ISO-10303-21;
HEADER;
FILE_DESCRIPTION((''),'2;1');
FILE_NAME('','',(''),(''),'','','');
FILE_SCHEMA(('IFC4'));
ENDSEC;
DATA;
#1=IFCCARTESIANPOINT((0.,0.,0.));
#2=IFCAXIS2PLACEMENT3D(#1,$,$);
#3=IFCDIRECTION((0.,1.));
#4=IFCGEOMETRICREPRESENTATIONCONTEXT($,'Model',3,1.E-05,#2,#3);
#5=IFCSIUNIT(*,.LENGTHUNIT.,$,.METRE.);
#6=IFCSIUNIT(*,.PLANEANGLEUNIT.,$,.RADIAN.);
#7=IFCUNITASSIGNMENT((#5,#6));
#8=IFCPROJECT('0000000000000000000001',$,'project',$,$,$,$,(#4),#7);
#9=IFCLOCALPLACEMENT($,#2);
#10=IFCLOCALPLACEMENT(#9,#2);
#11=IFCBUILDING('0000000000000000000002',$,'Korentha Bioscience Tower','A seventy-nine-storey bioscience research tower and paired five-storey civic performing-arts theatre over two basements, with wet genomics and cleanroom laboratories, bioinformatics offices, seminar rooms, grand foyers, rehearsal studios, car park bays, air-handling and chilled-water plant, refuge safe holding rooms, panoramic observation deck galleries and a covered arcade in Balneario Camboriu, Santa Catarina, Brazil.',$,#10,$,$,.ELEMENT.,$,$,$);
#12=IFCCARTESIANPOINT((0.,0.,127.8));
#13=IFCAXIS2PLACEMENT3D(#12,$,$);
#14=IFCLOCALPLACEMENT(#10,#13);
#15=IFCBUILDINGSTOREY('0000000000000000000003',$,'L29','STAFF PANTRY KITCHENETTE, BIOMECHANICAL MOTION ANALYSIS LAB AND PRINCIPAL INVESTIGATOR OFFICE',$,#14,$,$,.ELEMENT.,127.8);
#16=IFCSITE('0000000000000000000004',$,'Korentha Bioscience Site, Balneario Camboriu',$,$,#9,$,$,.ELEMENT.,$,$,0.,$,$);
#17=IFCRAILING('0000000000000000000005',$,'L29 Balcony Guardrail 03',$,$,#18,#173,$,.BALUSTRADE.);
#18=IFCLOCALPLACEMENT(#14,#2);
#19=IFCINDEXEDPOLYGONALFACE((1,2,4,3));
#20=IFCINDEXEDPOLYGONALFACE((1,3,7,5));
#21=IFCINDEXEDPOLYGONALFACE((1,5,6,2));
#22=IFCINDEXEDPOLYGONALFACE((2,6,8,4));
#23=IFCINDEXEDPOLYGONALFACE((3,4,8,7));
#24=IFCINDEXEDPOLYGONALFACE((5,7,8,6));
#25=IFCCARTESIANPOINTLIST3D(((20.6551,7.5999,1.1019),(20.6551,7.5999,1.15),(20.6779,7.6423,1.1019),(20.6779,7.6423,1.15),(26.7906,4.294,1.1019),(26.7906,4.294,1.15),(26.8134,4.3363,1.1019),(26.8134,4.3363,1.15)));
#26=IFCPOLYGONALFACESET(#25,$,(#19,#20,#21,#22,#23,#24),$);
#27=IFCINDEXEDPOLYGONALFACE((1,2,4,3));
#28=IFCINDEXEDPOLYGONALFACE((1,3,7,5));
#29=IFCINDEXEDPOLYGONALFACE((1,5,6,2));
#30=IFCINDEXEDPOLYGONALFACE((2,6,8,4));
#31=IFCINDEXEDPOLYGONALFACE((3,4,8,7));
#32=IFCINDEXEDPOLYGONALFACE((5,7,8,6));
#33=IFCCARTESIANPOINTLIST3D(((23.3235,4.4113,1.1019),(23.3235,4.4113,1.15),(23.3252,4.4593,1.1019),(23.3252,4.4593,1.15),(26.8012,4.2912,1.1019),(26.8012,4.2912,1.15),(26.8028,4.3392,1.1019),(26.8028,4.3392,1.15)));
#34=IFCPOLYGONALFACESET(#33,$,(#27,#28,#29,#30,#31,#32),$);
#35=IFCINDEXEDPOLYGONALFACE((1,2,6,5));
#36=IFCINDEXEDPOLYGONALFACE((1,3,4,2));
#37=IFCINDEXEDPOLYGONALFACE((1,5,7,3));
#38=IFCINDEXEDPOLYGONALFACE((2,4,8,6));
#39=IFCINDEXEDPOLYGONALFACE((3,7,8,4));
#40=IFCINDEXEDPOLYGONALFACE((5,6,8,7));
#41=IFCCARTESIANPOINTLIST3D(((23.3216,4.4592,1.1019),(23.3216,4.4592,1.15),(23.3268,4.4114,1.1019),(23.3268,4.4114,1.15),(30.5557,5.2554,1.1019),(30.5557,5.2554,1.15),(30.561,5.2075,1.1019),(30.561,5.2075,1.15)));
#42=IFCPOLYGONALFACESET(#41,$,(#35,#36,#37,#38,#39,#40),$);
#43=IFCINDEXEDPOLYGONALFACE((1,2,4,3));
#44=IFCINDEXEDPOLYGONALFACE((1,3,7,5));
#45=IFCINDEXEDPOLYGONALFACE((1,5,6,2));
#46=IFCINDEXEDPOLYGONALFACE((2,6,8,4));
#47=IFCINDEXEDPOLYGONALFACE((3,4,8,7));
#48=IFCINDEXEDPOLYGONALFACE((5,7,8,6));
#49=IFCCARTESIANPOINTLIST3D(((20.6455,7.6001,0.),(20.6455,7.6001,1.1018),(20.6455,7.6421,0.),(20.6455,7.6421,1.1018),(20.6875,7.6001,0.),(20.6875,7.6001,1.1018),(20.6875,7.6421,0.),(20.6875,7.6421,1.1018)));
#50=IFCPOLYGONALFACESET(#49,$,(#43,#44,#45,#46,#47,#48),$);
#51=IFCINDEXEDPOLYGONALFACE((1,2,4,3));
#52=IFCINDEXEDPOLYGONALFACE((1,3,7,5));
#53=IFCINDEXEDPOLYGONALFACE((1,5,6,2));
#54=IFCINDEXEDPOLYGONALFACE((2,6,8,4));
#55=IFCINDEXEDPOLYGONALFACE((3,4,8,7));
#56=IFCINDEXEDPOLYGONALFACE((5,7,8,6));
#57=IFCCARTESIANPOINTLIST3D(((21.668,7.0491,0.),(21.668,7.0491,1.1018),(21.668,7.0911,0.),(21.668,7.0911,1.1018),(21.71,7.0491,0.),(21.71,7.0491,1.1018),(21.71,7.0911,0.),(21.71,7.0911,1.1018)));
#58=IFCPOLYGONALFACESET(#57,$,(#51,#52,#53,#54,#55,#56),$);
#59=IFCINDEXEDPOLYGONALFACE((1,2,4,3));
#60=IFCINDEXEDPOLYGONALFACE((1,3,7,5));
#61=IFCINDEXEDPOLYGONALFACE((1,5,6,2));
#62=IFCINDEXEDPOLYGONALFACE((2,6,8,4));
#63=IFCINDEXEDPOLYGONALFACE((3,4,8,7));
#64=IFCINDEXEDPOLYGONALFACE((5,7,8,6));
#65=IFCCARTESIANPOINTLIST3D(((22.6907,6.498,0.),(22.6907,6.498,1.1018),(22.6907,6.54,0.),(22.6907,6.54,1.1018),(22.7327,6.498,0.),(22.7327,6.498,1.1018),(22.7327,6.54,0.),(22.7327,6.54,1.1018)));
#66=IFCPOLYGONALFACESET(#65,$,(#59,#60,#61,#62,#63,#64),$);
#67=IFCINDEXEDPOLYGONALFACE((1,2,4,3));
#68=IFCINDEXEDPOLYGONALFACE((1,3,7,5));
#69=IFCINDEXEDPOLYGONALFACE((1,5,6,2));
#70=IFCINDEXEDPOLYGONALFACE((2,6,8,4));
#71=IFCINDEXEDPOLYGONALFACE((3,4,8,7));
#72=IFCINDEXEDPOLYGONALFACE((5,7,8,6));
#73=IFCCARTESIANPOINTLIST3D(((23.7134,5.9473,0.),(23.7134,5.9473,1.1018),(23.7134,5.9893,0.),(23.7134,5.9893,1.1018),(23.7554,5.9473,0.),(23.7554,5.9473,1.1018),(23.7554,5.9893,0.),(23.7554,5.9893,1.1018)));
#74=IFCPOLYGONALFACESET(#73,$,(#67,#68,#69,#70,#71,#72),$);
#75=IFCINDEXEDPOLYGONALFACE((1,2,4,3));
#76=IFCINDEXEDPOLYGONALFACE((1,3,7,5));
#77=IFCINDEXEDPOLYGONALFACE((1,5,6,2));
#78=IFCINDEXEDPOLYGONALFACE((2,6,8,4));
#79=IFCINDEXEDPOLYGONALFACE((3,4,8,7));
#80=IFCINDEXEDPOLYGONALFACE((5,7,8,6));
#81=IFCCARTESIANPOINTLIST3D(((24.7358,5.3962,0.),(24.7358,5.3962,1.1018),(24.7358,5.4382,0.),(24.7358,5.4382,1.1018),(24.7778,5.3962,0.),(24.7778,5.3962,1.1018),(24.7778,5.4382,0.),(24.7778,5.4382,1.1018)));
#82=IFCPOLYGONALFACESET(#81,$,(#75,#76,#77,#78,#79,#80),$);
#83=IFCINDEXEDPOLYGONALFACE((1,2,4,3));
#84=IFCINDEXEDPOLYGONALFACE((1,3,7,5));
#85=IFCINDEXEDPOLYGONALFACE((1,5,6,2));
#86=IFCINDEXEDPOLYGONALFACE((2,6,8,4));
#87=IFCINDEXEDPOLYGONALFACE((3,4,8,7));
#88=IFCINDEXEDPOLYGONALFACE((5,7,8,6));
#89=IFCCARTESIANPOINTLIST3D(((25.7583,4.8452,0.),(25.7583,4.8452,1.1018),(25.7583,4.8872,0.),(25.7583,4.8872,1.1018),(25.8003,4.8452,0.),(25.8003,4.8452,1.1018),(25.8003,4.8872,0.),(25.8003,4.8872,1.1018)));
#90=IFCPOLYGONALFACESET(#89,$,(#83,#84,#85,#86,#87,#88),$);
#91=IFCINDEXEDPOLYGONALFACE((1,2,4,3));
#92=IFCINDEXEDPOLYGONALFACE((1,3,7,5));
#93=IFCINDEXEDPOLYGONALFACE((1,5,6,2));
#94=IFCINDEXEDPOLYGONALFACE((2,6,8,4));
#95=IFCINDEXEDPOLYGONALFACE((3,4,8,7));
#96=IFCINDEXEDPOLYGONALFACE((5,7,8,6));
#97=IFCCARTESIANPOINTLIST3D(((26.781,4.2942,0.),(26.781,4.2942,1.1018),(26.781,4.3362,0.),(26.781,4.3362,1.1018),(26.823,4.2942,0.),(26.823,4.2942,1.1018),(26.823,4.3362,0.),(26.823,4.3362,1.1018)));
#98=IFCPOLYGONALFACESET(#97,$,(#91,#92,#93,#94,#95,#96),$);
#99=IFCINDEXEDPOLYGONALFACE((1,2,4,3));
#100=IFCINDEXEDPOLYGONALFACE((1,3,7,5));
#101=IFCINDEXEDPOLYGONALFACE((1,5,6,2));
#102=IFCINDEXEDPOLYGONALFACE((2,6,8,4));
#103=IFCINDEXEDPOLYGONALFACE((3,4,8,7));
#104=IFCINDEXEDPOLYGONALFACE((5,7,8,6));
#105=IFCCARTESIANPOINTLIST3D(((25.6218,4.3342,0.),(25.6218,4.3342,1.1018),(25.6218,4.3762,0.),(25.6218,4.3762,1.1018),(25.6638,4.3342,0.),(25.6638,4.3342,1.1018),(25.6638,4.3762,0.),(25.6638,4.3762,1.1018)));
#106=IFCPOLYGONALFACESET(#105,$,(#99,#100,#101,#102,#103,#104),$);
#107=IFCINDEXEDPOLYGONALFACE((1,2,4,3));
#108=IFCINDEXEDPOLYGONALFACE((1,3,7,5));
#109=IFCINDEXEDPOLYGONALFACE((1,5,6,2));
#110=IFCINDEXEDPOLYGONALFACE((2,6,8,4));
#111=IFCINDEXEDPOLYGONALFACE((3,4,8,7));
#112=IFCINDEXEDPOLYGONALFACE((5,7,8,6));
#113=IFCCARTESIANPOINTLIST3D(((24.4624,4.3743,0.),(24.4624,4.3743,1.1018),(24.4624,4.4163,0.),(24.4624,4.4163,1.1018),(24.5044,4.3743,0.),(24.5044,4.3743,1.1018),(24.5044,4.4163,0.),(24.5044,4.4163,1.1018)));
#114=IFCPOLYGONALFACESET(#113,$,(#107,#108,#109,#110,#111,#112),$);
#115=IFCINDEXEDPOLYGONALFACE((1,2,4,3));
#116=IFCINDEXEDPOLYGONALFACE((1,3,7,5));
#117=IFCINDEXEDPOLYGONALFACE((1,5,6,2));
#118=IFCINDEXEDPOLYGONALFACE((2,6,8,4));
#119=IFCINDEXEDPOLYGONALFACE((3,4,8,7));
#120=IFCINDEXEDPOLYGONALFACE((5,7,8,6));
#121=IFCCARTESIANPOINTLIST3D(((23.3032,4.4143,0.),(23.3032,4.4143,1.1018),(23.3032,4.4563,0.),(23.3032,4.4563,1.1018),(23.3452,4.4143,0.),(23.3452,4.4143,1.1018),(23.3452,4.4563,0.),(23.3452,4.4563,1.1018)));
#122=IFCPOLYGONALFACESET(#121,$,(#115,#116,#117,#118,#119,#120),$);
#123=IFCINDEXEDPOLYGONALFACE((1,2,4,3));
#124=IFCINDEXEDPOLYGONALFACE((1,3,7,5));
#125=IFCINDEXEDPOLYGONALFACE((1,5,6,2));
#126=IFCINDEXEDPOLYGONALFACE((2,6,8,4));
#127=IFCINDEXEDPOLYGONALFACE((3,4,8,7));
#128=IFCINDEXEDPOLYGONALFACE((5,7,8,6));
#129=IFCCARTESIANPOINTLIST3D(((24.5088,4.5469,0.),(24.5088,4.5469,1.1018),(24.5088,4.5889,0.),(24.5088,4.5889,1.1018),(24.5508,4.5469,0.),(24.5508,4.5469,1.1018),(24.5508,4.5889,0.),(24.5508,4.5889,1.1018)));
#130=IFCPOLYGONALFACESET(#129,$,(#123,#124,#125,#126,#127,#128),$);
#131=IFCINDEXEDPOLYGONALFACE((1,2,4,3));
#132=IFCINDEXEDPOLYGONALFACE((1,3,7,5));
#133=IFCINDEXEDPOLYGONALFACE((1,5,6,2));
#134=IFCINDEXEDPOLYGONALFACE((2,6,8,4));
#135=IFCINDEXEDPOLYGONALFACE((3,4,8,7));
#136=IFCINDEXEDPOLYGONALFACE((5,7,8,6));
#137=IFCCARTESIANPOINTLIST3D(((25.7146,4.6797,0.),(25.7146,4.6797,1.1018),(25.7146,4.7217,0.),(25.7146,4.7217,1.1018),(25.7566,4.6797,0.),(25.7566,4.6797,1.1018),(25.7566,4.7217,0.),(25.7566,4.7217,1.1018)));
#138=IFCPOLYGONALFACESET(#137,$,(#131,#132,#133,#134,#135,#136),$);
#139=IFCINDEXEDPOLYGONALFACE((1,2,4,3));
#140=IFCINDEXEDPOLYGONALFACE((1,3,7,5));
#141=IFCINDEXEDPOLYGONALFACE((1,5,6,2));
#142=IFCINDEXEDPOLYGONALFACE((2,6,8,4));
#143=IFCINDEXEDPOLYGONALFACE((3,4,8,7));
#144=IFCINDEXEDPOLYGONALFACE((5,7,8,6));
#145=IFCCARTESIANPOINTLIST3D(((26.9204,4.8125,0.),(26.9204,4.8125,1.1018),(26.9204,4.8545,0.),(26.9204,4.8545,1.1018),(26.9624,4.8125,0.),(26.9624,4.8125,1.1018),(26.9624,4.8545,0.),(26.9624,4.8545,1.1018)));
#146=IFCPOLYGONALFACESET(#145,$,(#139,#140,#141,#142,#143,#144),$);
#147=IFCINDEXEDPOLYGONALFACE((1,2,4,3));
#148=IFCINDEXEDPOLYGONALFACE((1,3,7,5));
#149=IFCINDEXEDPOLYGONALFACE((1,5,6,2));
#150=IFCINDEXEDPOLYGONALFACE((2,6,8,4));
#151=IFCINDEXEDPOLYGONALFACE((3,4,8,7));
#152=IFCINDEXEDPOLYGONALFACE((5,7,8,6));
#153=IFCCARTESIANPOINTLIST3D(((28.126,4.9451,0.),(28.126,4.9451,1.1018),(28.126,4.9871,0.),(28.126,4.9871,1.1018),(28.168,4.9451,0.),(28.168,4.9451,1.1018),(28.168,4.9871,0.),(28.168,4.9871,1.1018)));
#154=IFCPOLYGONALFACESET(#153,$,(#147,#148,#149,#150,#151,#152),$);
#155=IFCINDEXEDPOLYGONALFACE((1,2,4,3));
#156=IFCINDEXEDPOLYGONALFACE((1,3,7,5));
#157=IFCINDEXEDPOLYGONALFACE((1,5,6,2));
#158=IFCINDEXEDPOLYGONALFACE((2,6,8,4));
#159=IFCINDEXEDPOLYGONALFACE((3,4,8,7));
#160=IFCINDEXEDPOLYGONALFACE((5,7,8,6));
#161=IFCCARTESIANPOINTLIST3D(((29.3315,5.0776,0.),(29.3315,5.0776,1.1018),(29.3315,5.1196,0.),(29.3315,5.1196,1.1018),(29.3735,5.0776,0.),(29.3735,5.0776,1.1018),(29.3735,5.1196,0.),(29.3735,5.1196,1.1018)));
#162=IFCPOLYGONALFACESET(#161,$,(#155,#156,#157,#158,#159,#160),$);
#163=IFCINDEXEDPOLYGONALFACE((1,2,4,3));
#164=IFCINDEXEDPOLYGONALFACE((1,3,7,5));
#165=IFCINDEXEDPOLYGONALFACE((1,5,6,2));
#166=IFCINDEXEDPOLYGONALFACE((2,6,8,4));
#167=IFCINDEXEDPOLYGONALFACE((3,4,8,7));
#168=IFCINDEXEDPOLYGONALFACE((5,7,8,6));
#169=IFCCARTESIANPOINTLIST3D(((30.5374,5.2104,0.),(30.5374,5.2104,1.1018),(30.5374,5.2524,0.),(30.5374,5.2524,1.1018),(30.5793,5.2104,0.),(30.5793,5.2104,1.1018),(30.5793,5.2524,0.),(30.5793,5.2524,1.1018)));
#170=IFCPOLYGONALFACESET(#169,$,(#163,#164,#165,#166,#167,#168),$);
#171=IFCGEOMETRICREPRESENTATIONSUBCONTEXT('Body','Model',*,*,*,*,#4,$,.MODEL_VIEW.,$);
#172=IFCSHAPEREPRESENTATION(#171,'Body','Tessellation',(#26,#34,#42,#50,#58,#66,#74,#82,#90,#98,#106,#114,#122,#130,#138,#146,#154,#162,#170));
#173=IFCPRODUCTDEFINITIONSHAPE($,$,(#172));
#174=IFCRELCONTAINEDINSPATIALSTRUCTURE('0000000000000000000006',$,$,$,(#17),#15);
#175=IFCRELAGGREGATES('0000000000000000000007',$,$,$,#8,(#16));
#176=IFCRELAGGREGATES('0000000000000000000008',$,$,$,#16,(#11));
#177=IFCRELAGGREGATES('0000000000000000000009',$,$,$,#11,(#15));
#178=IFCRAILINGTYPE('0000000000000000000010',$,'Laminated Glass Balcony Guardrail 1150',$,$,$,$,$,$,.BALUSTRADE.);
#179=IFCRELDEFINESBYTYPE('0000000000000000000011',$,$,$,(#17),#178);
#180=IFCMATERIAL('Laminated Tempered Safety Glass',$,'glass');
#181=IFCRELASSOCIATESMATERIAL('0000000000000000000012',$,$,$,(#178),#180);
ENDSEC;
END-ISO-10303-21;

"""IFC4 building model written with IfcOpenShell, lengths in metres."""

from ifc_helpers import new_model, si_unit, direction, frame, origin, origin_2d, place, context, subcontext, project, spatial, rectangle, extrude, material, type_object, element, save


model = new_model("IFC4")

# Units and contexts
model_context = context("Model", 3, precision=1e-05, world=origin(), true_north=direction((0.0, 1.0)))
body_context = subcontext(model_context, "Body", "Model", "MODEL_VIEW")
ifc_project = project(units=[si_unit("LENGTHUNIT", "METRE"), si_unit("PLANEANGLEUNIT", "RADIAN")], contexts=[model_context])

# Site, building, storey
site_placement = place(None, origin())
site = spatial("IfcSite", under=ifc_project, at=site_placement, Name="Korentha Bioscience Site, Balneario Camboriu", CompositionType="ELEMENT", RefElevation=0.0)
building_placement = place(site_placement, origin())
building = spatial("IfcBuilding", under=site, at=building_placement, Name="Korentha Bioscience Tower", Description="A seventy-nine-storey bioscience research tower and paired five-storey civic performing-arts theatre over two basements, with wet genomics and cleanroom laboratories, bioinformatics offices, seminar rooms, grand foyers, rehearsal studios, car park bays, air-handling and chilled-water plant, refuge safe holding rooms, panoramic observation deck galleries and a covered arcade in Balneario Camboriu, Santa Catarina, Brazil.", CompositionType="ELEMENT")
storey_placement = place(building_placement, frame((0.0, 0.0, 127.8)))
storey = spatial("IfcBuildingStorey", under=building, at=storey_placement, Name="L29", Description="STAFF PANTRY KITCHENETTE, BIOMECHANICAL MOTION ANALYSIS LAB AND PRINCIPAL INVESTIGATOR OFFICE", CompositionType="ELEMENT", Elevation=127.8)

# Railing
ifc_material_1 = material(Name="Laminated Tempered Safety Glass", Category="glass")
railing_type = type_object("IfcRailingType", Name="Laminated Glass Balcony Guardrail 1150", PredefinedType="BALUSTRADE", material=ifc_material_1)
railing_placement = place(storey_placement, frame((20.6665, 7.6211, 0.0)))
element("IfcRailing", 1, at=railing_placement, inside=storey, type_object=railing_type, Name="L29 Balcony Guardrail 03", PredefinedType="BALUSTRADE", context=body_context, shape_type="SweptSolid", body=[
    extrude(rectangle(XDim=0.0481, YDim=0.0481, at=origin_2d()), frame((0.0, 0.0, 1.126), z_axis=(0.880341, -0.474342, 0.0), x_axis=(0.474342, 0.880341, 0.0)), (0.0, 0.0, 1.0), 6.9695),
    extrude(rectangle(XDim=0.0481, YDim=0.0481, at=origin_2d()), frame((6.1355, -3.3059, 1.126), z_axis=(-0.999404, 0.034518, 0.0), x_axis=(-0.034518, -0.999404, 0.0)), (0.0, 0.0, 1.0), 3.4797),
    extrude(rectangle(XDim=0.0481, YDim=0.0481, at=origin_2d()), frame((2.6577, -3.1858, 1.126), z_axis=(0.993999, 0.109393, 0.0), x_axis=(-0.109393, 0.993999, 0.0)), (0.0, 0.0, 1.0), 7.2778),
    extrude(rectangle(XDim=0.042, YDim=0.042, at=origin_2d()), origin(), (0.0, 0.0, 1.0), 1.1018),
    extrude(rectangle(XDim=0.042, YDim=0.042, at=origin_2d()), frame((1.0225, -0.551, 0.0)), (0.0, 0.0, 1.0), 1.1018),
    extrude(rectangle(XDim=0.042, YDim=0.042, at=origin_2d()), frame((2.0452, -1.1021, 0.0)), (0.0, 0.0, 1.0), 1.1018),
    extrude(rectangle(XDim=0.042, YDim=0.042, at=origin_2d()), frame((3.0679, -1.6528, 0.0)), (0.0, 0.0, 1.0), 1.1018),
    extrude(rectangle(XDim=0.042, YDim=0.042, at=origin_2d()), frame((4.0903, -2.2039, 0.0)), (0.0, 0.0, 1.0), 1.1018),
    extrude(rectangle(XDim=0.042, YDim=0.042, at=origin_2d()), frame((5.1128, -2.7549, 0.0)), (0.0, 0.0, 1.0), 1.1018),
    extrude(rectangle(XDim=0.042, YDim=0.042, at=origin_2d()), frame((6.1355, -3.3059, 0.0)), (0.0, 0.0, 1.0), 1.1018),
    extrude(rectangle(XDim=0.042, YDim=0.042, at=origin_2d()), frame((4.9763, -3.2659, 0.0)), (0.0, 0.0, 1.0), 1.1018),
    extrude(rectangle(XDim=0.042, YDim=0.042, at=origin_2d()), frame((3.8169, -3.2258, 0.0)), (0.0, 0.0, 1.0), 1.1018),
    extrude(rectangle(XDim=0.042, YDim=0.042, at=origin_2d()), frame((2.6577, -3.1858, 0.0)), (0.0, 0.0, 1.0), 1.1018),
    extrude(rectangle(XDim=0.042, YDim=0.042, at=origin_2d()), frame((3.8633, -3.0532, 0.0)), (0.0, 0.0, 1.0), 1.1018),
    extrude(rectangle(XDim=0.042, YDim=0.042, at=origin_2d()), frame((5.0691, -2.9204, 0.0)), (0.0, 0.0, 1.0), 1.1018),
    extrude(rectangle(XDim=0.042, YDim=0.042, at=origin_2d()), frame((6.2749, -2.7876, 0.0)), (0.0, 0.0, 1.0), 1.1018),
    extrude(rectangle(XDim=0.042, YDim=0.042, at=origin_2d()), frame((7.4805, -2.655, 0.0)), (0.0, 0.0, 1.0), 1.1018),
    extrude(rectangle(XDim=0.042, YDim=0.042, at=origin_2d()), frame((8.686, -2.5225, 0.0)), (0.0, 0.0, 1.0), 1.1018),
    extrude(rectangle(XDim=0.042, YDim=0.042, at=origin_2d()), frame((9.8918, -2.3896, 0.0)), (0.0, 0.0, 1.0), 1.1018),
])

save(model, "model.ifc")
